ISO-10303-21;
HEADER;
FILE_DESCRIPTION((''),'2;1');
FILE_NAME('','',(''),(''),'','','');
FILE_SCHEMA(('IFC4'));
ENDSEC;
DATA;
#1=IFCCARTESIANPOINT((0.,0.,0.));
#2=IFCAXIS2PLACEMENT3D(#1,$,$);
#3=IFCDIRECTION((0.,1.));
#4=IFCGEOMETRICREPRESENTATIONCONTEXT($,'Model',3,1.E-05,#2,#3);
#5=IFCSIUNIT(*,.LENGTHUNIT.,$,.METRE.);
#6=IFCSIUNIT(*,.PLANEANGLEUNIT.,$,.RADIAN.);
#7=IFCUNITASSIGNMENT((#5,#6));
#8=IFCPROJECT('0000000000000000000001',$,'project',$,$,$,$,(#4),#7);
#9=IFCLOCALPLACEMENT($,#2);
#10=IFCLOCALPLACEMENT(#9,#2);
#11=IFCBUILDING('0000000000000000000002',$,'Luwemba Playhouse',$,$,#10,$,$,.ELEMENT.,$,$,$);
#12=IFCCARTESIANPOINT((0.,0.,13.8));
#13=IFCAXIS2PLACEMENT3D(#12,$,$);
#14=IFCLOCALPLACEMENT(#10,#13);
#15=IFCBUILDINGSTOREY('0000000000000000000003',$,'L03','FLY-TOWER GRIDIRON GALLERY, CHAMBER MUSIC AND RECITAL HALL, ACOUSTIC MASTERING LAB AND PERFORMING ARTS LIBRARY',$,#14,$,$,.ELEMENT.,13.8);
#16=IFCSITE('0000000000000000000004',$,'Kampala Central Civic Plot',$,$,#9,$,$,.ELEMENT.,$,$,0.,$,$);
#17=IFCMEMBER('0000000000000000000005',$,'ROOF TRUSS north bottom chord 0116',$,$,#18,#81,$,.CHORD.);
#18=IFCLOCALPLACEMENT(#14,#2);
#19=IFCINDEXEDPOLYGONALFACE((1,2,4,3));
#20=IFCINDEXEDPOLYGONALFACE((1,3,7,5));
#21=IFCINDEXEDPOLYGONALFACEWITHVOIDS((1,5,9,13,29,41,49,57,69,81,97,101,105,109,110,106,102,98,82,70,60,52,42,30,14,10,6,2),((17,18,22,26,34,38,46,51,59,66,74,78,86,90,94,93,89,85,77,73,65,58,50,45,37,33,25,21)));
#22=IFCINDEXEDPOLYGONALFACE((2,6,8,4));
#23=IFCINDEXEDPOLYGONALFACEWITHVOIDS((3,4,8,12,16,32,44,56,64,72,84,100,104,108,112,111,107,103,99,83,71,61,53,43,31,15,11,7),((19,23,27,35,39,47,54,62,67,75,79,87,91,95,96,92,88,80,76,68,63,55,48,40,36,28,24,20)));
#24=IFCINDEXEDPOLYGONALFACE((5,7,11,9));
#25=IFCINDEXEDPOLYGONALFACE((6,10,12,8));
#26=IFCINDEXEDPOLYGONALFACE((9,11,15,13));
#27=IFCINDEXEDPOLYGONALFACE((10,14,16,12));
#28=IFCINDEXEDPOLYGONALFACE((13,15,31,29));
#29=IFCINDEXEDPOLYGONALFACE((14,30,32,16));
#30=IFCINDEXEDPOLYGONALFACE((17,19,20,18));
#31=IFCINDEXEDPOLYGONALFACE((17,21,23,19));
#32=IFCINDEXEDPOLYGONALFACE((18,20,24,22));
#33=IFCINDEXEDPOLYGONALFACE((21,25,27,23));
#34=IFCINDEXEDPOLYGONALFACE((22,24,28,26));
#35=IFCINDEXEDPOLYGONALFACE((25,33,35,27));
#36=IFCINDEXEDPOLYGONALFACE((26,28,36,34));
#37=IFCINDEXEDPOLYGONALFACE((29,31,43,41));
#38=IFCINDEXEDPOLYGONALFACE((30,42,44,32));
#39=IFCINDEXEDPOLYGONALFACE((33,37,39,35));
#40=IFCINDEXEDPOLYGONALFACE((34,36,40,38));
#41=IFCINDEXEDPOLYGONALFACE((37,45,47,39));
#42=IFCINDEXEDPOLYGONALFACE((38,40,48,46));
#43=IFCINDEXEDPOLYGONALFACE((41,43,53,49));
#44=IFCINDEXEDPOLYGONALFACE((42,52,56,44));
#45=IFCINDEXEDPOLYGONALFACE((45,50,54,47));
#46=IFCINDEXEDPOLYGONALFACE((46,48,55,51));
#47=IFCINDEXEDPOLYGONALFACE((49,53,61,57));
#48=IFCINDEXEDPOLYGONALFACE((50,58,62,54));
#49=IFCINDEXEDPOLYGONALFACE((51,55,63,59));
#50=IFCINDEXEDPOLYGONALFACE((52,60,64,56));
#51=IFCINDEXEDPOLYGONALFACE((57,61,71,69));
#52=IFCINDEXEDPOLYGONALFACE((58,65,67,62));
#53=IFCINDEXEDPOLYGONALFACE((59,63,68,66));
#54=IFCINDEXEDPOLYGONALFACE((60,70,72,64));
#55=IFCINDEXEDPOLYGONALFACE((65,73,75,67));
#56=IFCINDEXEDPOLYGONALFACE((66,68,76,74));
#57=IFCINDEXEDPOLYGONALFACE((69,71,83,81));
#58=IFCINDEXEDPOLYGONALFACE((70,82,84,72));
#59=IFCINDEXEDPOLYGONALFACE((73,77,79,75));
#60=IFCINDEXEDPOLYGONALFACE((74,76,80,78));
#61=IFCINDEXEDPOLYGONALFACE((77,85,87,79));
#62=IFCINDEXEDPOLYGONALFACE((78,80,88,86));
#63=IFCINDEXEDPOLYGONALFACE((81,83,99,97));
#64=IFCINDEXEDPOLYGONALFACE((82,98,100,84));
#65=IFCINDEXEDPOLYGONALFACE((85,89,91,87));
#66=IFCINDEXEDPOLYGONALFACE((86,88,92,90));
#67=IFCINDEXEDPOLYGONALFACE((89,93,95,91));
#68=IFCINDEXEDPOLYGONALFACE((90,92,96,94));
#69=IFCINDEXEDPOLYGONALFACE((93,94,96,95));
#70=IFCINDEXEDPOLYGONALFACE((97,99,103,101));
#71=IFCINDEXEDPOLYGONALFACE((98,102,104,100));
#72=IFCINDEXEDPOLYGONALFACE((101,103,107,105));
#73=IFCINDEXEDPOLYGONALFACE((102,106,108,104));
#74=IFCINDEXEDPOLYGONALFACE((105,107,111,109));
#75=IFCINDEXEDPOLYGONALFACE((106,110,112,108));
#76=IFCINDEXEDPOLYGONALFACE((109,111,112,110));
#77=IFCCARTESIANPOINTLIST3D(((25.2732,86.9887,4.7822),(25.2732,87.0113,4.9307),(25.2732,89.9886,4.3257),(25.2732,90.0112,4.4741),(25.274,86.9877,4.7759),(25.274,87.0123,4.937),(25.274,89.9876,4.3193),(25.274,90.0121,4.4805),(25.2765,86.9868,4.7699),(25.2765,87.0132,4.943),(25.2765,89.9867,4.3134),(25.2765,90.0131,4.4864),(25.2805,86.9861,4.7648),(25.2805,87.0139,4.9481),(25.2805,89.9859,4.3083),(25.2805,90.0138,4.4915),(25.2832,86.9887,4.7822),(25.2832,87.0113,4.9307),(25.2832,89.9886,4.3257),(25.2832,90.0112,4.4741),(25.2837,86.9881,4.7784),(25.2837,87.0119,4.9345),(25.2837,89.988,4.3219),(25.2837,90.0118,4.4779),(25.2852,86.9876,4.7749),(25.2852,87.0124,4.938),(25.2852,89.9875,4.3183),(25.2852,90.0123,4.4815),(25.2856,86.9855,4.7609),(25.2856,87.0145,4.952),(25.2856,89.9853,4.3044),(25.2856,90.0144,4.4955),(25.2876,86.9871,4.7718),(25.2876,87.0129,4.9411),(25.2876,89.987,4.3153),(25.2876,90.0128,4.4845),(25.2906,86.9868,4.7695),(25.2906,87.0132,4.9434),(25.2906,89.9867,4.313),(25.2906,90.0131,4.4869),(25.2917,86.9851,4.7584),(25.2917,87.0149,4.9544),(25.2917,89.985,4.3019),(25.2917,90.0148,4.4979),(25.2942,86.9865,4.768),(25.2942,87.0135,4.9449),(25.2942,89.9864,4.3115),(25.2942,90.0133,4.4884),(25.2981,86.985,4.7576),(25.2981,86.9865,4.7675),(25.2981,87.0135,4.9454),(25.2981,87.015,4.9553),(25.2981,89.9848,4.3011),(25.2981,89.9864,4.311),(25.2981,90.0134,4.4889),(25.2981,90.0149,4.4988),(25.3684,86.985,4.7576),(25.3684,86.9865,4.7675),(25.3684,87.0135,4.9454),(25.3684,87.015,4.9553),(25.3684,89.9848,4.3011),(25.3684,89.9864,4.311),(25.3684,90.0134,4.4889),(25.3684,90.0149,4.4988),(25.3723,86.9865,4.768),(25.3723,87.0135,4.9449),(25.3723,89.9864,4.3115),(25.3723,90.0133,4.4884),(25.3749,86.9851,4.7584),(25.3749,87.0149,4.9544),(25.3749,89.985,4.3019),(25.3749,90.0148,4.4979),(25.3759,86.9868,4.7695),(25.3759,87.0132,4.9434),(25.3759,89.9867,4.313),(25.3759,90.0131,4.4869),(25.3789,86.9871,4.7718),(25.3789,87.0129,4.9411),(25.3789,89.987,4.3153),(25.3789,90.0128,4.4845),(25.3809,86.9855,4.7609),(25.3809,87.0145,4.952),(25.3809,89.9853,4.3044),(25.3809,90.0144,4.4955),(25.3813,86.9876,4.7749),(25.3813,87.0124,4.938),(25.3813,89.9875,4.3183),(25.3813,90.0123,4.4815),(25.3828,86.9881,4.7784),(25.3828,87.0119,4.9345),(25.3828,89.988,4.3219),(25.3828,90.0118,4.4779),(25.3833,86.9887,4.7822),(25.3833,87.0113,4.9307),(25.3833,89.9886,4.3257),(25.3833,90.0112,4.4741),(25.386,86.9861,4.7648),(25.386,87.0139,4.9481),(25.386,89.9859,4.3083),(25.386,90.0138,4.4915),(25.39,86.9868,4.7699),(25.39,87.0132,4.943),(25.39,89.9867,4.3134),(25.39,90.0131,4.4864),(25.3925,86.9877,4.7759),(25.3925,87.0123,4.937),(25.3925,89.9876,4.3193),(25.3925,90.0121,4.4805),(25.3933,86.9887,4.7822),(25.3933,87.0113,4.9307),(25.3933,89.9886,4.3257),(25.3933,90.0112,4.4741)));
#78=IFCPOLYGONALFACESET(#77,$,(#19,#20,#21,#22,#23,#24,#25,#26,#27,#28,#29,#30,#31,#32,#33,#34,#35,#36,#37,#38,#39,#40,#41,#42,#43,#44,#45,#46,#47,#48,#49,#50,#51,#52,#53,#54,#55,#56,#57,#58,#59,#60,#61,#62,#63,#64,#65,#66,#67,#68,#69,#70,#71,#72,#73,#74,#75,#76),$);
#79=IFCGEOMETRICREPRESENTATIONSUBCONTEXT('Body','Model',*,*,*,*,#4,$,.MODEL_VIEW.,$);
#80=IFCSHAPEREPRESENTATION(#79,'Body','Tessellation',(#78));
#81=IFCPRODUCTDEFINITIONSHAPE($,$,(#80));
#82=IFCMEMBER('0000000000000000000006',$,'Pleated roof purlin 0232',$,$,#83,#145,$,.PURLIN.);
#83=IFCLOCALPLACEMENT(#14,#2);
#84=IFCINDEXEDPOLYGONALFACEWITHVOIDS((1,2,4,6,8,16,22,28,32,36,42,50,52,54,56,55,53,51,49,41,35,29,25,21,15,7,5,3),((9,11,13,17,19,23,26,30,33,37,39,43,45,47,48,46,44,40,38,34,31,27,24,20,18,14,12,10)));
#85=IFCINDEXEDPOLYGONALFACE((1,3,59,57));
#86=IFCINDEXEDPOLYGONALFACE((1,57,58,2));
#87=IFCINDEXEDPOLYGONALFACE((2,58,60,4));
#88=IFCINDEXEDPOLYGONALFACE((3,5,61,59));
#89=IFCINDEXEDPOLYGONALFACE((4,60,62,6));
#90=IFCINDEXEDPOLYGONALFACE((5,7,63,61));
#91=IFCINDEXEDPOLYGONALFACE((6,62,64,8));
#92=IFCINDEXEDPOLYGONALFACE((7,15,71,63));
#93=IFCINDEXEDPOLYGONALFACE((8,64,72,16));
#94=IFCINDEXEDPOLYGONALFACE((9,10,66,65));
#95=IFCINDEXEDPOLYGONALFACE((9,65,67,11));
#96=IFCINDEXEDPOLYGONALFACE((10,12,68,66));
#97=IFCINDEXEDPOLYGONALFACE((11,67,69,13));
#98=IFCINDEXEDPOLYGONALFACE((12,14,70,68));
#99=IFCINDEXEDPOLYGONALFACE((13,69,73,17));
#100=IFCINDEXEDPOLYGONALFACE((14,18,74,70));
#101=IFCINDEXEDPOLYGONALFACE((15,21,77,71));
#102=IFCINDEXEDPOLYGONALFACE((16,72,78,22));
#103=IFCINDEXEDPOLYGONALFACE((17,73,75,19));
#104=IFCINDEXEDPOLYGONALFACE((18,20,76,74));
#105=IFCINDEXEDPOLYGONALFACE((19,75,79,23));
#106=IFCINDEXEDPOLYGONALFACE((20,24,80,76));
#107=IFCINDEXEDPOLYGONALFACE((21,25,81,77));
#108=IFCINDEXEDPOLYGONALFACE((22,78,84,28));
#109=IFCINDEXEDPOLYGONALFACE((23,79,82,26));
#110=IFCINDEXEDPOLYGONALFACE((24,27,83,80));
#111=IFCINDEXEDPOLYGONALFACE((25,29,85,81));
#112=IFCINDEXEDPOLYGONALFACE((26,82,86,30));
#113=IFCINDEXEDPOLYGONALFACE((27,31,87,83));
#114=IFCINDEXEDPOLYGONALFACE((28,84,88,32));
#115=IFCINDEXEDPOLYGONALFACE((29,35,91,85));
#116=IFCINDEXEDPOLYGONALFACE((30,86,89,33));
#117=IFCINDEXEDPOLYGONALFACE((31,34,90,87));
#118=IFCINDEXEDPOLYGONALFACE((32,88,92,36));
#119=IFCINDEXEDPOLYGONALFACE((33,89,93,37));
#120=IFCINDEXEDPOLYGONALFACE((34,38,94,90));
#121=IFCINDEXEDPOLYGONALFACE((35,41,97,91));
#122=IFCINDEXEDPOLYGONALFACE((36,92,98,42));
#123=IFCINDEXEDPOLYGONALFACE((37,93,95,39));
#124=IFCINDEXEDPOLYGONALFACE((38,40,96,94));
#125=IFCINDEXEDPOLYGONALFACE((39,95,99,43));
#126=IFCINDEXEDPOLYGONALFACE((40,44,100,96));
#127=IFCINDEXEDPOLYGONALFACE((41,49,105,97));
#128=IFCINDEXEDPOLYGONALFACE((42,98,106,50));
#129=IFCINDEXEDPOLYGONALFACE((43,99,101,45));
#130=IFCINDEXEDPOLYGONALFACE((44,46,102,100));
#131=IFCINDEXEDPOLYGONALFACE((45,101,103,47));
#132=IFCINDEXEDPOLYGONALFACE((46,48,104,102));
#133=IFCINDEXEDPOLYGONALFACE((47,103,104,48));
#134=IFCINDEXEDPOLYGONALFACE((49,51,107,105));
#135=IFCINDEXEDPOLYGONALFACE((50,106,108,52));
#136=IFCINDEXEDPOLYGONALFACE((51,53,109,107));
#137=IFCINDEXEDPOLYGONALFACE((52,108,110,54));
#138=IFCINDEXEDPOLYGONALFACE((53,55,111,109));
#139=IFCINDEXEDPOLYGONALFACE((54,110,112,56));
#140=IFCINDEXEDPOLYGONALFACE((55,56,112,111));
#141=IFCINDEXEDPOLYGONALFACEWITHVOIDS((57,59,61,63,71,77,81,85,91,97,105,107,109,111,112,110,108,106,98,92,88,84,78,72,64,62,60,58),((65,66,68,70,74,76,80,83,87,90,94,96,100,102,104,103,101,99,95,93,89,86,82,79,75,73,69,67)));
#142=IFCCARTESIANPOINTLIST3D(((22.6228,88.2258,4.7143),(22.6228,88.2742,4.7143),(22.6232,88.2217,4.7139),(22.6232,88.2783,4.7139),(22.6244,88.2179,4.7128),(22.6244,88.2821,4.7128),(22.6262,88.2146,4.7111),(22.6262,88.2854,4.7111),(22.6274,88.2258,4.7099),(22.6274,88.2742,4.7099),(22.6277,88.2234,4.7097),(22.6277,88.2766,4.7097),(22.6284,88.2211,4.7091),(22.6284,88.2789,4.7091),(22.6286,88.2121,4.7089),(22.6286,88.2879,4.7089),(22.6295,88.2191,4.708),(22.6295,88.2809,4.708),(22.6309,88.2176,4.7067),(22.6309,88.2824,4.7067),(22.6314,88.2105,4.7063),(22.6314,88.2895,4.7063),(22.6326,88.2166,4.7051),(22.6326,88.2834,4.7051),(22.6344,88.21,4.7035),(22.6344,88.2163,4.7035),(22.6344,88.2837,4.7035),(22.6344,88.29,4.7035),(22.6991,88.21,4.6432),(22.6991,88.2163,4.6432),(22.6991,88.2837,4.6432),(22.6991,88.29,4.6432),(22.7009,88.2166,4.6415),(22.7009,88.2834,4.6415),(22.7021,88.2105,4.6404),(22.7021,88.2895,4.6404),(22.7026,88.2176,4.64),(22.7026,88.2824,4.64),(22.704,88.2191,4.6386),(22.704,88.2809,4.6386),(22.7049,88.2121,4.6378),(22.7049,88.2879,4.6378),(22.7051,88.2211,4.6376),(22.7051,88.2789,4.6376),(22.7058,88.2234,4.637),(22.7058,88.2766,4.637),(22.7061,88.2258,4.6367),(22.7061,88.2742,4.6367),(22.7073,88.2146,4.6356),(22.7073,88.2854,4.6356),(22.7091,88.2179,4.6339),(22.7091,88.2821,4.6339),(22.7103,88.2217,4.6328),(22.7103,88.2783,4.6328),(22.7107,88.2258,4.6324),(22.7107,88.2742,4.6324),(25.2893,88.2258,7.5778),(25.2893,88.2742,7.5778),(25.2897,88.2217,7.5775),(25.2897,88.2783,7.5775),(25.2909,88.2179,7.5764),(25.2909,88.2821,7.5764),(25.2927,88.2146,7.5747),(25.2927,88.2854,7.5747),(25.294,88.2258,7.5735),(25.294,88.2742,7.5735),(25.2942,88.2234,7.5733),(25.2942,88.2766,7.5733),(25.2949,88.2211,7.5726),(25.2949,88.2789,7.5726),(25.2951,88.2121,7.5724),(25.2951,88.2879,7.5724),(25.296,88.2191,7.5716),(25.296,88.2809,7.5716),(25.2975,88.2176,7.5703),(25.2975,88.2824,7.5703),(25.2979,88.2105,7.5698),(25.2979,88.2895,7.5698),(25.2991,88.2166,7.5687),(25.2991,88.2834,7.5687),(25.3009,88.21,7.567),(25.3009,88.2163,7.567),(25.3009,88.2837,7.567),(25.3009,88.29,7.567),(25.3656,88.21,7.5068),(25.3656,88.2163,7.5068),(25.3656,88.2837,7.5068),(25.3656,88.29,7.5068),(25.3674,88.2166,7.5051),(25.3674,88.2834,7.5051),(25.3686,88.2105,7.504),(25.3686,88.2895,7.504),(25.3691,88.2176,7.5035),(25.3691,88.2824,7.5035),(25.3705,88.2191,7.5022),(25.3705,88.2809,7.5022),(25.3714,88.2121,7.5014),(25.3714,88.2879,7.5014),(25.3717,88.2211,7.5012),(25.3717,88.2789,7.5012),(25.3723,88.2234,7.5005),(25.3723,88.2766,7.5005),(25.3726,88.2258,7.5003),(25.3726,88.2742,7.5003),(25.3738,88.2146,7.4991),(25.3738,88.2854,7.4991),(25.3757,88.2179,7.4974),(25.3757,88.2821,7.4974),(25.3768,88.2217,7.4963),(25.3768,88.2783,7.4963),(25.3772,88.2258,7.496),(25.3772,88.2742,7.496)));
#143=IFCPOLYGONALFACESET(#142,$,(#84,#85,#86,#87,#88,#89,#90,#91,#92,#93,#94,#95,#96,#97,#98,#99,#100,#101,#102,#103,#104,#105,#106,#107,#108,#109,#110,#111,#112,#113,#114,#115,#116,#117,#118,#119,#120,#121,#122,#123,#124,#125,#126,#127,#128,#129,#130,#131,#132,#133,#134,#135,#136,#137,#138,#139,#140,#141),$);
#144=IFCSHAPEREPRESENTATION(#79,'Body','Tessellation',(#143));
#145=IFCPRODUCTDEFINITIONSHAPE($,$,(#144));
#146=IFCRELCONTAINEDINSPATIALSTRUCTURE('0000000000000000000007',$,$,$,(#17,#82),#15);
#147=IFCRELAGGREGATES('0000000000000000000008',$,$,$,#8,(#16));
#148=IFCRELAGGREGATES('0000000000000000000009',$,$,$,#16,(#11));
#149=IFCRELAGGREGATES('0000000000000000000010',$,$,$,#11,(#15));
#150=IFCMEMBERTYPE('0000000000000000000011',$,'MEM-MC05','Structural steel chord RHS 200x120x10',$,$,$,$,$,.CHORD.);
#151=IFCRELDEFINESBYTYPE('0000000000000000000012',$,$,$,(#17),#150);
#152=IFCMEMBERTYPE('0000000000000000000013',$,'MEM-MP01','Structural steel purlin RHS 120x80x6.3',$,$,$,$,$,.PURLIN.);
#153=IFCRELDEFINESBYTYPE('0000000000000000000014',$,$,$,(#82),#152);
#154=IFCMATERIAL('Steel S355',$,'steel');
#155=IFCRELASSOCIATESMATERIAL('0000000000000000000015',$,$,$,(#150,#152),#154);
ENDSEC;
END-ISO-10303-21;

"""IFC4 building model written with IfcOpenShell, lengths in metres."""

from ifc_helpers import new_model, si_unit, direction, frame, origin, origin_2d, place, context, subcontext, project, spatial, hollow_rectangle, extrude, material, material_profile, profile_set, type_object, element, save


model = new_model("IFC4")

# Units and contexts
model_context = context("Model", 3, precision=1e-05, world=origin(), true_north=direction((0.0, 1.0)))
body_context = subcontext(model_context, "Body", "Model", "MODEL_VIEW")
ifc_project = project(units=[si_unit("LENGTHUNIT", "METRE"), si_unit("PLANEANGLEUNIT", "RADIAN")], contexts=[model_context])

# Site, building, storey
site_placement = place(None, origin())
site = spatial("IfcSite", under=ifc_project, at=site_placement, Name="Kampala Central Civic Plot", CompositionType="ELEMENT", RefElevation=0.0)
building_placement = place(site_placement, origin())
building = spatial("IfcBuilding", under=site, at=building_placement, Name="Luwemba Playhouse", CompositionType="ELEMENT")
storey_placement = place(building_placement, frame((0.0, 0.0, 13.8)))
storey = spatial("IfcBuildingStorey", under=building, at=storey_placement, Name="L03", Description="FLY-TOWER GRIDIRON GALLERY, CHAMBER MUSIC AND RECITAL HALL, ACOUSTIC MASTERING LAB AND PERFORMING ARTS LIBRARY", CompositionType="ELEMENT", Elevation=13.8)

# Shared definitions
ifc_material_1 = material(Name="Steel S355", Category="steel")

# Members
ifc_material_profile_1 = material_profile(ifc_material_1, hollow_rectangle(XDim=0.1201, YDim=0.2, WallThickness=0.01, InnerFilletRadius=0.0149, OuterFilletRadius=0.0249, at=origin_2d()))
ifc_profile_set_1 = profile_set([ifc_material_profile_1], Name="Steel S355")
member_type_1 = type_object("IfcMemberType", Name="MEM-MC05", Description="Structural steel chord RHS 200x120x10", PredefinedType="CHORD", material=ifc_profile_set_1)
member_1_placement = place(storey_placement, frame((25.3333, 87.0, 4.8564), z_axis=(0.0, 0.988618, -0.150449), x_axis=(-1.0, 0.0, 0.0)))
element("IfcMember", 1, at=member_1_placement, inside=storey, type_object=member_type_1, Name="ROOF TRUSS north bottom chord 0116", PredefinedType="CHORD", context=body_context, shape_type="SweptSolid", body=[
    extrude(hollow_rectangle(XDim=0.1201, YDim=0.2, WallThickness=0.01, InnerFilletRadius=0.0149, OuterFilletRadius=0.0249, at=origin_2d()), origin(), (0.0, 0.0, 1.0), 3.0344),
])
ifc_material_profile_2 = material_profile(ifc_material_1, hollow_rectangle(XDim=0.0801, YDim=0.1201, WallThickness=0.0063, InnerFilletRadius=0.0095, OuterFilletRadius=0.0159, at=origin_2d()))
ifc_profile_set_2 = profile_set([ifc_material_profile_2], Name="Steel S355")
member_type_2 = type_object("IfcMemberType", Name="MEM-MP01", Description="Structural steel purlin RHS 120x80x6.3", PredefinedType="PURLIN", material=ifc_profile_set_2)
member_2_placement = place(storey_placement, frame((22.6667, 88.25, 4.6733), z_axis=(0.681482, 0.0, 0.731835), x_axis=(0.0, 1.0, 0.0)))
element("IfcMember", 2, at=member_2_placement, inside=storey, type_object=member_type_2, Name="Pleated roof purlin 0232", PredefinedType="PURLIN", context=body_context, shape_type="SweptSolid", body=[
    extrude(hollow_rectangle(XDim=0.0801, YDim=0.1201, WallThickness=0.0063, InnerFilletRadius=0.0095, OuterFilletRadius=0.0159, at=origin_2d()), origin(), (0.0, 0.0, 1.0), 3.9128),
])

save(model, "model.ifc")
